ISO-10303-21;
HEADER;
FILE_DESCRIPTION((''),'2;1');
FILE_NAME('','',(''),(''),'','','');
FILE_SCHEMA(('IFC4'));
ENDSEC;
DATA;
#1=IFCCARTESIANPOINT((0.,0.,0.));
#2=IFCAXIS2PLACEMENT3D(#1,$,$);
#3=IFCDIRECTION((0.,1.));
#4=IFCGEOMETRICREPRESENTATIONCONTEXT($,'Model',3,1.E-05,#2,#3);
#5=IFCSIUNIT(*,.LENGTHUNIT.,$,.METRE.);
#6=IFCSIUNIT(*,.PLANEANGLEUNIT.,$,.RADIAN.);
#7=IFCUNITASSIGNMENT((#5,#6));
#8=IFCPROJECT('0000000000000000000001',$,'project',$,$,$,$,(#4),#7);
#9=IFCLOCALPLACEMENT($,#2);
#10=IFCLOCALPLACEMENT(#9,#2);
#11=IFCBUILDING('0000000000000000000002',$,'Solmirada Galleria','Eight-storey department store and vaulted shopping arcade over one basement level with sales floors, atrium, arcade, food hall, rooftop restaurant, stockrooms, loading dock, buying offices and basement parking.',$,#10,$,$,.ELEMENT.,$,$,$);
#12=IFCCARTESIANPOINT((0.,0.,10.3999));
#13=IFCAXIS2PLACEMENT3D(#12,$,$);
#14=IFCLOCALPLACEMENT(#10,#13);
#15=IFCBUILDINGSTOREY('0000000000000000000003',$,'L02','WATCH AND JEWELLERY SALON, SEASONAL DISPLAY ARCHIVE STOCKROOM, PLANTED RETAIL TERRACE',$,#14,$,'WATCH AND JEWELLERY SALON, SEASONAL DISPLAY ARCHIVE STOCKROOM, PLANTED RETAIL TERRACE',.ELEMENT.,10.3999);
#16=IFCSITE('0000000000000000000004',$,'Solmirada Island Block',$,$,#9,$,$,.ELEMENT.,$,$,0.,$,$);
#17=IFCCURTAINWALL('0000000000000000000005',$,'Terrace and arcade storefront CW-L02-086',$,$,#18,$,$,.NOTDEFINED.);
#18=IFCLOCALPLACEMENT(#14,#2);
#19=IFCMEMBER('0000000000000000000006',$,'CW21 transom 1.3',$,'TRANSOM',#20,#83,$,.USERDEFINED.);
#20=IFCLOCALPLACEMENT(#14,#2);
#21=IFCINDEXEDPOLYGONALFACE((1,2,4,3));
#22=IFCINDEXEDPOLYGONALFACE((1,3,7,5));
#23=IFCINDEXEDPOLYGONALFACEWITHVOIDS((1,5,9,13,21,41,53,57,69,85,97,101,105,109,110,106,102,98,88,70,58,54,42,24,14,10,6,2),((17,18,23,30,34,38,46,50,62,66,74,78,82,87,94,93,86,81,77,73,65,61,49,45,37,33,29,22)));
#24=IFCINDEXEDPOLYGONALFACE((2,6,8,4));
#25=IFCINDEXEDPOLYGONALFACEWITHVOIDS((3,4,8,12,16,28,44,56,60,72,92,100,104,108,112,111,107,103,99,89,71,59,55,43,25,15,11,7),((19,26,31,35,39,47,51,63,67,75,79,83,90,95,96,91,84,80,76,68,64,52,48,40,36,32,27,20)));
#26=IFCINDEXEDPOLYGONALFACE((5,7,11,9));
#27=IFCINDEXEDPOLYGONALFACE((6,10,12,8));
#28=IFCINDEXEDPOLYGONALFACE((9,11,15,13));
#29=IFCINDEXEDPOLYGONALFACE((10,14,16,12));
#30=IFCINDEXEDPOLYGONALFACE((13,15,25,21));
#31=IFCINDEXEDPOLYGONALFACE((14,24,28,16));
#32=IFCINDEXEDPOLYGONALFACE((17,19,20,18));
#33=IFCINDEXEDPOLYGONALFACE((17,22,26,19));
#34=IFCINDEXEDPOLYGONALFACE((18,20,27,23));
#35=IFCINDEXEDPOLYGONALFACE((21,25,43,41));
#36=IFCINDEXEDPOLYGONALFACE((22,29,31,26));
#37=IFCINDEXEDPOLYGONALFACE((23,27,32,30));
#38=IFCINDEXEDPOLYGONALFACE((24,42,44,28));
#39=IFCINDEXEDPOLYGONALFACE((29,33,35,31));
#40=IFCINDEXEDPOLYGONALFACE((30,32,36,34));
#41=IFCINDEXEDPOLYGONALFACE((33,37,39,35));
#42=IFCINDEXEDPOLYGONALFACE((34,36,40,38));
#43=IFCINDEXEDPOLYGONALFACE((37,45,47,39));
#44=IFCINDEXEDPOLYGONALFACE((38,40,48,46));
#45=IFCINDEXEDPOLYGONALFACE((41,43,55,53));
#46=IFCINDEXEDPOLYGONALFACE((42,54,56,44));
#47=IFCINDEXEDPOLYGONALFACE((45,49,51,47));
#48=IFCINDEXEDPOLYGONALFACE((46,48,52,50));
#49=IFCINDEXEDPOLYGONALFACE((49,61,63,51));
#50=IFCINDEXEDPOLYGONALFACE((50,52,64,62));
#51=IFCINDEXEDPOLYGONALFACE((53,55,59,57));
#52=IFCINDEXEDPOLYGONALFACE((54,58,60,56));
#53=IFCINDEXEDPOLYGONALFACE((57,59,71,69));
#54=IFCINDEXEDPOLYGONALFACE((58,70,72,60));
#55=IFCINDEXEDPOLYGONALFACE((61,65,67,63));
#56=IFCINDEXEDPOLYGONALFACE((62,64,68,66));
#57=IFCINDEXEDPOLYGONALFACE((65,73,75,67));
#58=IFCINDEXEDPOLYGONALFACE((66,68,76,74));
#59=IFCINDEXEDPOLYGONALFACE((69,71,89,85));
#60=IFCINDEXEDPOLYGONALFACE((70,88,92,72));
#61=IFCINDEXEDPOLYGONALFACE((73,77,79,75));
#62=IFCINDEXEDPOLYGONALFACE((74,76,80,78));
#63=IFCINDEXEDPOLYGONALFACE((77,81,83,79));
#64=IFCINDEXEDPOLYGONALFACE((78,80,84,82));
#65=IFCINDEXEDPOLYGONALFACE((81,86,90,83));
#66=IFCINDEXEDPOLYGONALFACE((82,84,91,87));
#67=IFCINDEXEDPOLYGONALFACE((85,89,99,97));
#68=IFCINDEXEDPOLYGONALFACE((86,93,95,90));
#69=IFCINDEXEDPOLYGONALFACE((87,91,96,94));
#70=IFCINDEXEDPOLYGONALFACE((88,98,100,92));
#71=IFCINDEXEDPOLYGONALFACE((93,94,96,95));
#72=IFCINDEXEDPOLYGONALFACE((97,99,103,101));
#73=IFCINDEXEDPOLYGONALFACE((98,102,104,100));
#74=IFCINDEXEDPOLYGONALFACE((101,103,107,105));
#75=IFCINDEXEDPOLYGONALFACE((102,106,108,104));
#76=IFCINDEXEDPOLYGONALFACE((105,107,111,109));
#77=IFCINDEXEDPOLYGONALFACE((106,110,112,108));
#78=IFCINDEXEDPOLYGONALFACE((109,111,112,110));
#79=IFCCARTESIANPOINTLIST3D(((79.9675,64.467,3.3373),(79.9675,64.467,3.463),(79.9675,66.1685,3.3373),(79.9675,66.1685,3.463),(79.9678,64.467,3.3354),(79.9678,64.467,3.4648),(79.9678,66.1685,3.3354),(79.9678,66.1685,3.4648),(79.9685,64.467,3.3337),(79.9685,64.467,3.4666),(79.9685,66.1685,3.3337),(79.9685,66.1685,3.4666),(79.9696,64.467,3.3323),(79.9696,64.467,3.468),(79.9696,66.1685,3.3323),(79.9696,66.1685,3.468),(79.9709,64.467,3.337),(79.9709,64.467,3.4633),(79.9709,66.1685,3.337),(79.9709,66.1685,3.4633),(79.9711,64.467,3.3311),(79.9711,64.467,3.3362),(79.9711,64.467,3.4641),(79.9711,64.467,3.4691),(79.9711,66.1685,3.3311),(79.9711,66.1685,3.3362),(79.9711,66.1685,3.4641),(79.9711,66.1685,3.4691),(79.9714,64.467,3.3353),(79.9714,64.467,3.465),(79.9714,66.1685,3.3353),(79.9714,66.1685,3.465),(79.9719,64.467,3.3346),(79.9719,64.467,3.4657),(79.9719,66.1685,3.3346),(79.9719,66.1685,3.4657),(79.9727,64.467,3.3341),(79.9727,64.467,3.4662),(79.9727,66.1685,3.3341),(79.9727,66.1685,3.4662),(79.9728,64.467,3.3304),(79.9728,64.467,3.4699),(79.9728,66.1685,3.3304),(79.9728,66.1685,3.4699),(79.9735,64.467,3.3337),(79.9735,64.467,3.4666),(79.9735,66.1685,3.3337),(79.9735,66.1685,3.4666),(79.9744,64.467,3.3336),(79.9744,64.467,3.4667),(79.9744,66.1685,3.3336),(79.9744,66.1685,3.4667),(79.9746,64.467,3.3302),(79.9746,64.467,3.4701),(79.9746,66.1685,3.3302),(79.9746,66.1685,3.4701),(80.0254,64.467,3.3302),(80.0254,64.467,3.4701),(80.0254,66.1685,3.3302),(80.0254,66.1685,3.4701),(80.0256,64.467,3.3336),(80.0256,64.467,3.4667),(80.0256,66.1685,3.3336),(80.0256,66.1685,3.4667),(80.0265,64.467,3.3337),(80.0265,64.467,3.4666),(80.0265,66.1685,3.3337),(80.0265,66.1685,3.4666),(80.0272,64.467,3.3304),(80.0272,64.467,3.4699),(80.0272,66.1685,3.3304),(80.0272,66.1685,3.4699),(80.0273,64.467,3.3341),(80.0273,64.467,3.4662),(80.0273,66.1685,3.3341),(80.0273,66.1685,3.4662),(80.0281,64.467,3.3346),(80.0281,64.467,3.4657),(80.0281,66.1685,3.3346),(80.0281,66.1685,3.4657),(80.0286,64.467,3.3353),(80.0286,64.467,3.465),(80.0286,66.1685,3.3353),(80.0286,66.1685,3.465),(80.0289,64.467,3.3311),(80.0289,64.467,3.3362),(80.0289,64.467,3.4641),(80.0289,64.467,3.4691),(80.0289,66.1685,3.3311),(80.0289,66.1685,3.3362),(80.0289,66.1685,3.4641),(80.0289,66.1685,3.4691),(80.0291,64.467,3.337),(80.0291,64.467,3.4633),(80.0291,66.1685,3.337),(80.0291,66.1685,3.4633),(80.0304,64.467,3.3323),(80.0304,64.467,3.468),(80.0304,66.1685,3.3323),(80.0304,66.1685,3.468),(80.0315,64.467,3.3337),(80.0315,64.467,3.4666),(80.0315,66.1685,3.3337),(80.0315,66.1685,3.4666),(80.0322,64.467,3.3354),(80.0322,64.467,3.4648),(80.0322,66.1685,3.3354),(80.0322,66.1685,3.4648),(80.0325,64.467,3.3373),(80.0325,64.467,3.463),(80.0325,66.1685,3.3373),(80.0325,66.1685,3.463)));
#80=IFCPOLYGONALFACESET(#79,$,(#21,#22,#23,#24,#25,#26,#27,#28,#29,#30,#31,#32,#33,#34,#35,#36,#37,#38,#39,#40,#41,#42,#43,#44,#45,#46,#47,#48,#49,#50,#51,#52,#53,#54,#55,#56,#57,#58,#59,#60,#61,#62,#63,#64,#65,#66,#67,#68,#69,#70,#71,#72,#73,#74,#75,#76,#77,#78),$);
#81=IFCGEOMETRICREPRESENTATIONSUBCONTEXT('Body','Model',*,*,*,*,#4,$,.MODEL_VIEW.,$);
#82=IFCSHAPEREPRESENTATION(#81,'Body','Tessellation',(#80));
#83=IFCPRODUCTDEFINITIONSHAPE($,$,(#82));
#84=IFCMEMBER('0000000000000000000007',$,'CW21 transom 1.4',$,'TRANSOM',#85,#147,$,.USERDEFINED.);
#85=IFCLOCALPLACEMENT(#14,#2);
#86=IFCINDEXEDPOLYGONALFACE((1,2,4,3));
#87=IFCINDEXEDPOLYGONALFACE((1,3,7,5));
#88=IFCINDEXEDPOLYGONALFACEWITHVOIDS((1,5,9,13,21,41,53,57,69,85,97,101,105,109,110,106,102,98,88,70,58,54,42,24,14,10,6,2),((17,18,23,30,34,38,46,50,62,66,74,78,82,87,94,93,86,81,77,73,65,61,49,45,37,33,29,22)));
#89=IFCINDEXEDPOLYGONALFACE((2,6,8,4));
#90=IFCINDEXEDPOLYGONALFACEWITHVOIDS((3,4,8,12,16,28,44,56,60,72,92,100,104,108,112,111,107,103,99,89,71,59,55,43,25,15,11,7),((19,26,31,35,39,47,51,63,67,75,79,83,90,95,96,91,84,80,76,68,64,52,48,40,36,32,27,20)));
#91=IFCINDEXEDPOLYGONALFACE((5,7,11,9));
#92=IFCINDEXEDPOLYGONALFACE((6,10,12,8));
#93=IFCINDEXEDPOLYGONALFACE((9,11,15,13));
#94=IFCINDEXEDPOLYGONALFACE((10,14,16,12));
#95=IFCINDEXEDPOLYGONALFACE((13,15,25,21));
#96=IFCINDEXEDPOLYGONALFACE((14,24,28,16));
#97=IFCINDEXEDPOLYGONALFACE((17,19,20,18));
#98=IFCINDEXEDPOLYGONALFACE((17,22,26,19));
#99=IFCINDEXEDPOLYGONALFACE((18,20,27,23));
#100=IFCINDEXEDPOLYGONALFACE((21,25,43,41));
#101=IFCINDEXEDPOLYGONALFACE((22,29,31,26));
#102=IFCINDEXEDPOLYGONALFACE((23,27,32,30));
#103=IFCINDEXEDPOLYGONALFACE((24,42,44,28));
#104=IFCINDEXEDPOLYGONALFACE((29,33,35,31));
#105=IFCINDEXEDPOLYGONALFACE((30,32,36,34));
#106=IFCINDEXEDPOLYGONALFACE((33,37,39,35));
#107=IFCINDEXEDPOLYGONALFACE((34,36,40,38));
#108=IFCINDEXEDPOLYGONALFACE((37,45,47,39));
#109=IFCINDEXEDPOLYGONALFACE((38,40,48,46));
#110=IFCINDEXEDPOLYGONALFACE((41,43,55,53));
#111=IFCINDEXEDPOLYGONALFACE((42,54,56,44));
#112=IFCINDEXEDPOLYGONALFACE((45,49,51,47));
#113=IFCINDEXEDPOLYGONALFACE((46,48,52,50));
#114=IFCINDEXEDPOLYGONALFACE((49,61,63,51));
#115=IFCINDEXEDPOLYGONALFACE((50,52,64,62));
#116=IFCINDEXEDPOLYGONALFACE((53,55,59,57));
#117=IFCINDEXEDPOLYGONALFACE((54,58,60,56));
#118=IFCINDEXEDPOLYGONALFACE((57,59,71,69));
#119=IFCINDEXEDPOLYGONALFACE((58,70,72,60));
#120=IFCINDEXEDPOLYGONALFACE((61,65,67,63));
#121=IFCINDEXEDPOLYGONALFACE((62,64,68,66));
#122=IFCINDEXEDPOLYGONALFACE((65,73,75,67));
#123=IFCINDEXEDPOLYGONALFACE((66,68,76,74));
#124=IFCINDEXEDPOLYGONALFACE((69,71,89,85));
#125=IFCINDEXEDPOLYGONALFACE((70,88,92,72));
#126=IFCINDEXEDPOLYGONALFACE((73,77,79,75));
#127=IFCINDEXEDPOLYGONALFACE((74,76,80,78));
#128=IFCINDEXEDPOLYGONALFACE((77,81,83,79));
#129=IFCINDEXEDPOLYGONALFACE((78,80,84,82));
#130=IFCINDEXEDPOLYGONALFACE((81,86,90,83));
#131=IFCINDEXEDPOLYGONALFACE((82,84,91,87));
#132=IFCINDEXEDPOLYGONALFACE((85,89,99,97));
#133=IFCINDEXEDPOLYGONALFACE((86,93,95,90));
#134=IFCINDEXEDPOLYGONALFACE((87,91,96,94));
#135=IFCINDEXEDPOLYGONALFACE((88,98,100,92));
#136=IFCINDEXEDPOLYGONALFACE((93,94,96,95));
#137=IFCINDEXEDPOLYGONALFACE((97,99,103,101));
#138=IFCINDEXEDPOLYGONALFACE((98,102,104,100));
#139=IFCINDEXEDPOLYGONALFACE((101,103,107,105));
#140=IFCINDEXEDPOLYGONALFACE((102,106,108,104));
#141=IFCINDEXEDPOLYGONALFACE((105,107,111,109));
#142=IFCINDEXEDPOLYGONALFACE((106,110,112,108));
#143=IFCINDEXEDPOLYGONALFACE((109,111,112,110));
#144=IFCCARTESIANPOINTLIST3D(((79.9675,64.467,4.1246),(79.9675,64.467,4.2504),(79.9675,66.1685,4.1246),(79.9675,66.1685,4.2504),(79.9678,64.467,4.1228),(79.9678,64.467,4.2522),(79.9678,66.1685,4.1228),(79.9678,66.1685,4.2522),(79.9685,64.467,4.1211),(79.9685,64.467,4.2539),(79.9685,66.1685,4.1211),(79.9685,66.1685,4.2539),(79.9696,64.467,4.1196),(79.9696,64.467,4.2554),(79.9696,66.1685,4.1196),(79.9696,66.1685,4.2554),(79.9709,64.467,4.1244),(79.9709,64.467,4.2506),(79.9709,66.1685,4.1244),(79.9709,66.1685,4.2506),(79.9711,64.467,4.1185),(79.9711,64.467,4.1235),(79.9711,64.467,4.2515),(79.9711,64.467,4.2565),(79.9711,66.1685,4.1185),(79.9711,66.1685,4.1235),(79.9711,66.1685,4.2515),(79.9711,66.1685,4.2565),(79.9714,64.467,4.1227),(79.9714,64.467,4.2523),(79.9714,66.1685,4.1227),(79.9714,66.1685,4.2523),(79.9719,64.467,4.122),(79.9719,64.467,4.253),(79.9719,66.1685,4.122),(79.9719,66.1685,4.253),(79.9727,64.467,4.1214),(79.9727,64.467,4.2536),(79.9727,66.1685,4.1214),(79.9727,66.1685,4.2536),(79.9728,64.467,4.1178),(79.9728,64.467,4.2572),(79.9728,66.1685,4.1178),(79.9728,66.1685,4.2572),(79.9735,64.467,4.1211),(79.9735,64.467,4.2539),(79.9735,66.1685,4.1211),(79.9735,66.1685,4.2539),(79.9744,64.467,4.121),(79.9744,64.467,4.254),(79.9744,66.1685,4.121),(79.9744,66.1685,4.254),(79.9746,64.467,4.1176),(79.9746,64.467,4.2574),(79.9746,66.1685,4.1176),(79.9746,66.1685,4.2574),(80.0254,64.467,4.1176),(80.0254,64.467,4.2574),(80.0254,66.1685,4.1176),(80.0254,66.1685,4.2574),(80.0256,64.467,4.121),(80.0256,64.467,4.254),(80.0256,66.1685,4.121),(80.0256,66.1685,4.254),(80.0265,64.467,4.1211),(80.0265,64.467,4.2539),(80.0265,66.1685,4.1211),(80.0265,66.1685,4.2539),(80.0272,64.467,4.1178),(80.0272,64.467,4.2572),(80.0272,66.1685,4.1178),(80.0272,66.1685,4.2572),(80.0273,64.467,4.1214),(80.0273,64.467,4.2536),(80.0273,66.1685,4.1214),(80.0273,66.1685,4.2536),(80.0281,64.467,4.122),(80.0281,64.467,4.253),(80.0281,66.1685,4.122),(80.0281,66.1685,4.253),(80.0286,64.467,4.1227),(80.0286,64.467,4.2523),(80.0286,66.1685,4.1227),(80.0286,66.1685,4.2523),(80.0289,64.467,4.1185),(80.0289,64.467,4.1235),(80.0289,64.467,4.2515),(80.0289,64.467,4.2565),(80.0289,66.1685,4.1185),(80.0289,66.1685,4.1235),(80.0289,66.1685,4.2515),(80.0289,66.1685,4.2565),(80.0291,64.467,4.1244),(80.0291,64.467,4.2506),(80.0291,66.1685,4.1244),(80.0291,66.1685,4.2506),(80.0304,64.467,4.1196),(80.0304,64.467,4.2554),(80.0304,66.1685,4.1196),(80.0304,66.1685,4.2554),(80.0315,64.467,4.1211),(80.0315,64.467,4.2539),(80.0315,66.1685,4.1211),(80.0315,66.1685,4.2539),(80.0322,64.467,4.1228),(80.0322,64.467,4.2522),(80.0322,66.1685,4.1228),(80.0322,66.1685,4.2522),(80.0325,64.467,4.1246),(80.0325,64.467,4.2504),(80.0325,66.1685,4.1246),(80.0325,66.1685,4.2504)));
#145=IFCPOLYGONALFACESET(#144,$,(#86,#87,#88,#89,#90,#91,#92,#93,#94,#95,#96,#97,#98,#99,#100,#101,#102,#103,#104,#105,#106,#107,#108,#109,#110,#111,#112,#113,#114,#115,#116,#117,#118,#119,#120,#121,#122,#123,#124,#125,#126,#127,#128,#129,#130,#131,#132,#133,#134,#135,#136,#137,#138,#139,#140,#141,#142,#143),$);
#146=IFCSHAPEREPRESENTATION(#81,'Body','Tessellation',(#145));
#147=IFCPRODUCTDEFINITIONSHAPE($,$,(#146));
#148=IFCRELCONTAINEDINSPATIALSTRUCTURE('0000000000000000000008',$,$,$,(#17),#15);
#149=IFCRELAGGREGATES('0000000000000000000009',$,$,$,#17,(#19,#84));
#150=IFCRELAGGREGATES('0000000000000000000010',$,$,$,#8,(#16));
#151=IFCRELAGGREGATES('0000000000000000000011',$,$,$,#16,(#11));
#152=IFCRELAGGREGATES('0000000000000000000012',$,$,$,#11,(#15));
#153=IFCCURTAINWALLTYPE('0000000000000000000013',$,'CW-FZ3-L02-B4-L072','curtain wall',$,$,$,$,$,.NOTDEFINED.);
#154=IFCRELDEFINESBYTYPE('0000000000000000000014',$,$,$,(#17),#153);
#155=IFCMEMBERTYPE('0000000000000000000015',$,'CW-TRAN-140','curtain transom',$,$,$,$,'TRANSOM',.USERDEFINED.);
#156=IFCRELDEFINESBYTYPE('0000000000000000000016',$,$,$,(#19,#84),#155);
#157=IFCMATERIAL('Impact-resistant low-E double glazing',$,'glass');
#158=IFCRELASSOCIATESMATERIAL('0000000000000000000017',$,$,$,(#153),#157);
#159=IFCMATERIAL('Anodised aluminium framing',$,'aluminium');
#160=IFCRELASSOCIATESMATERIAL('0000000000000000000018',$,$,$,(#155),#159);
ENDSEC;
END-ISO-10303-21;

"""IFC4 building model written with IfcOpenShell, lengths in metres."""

from ifc_helpers import new_model, si_unit, direction, frame, origin, origin_2d, place, context, subcontext, project, spatial, hollow_rectangle, extrude, material, material_profile, profile_set, type_object, element, aggregate, save


model = new_model("IFC4")

# Units and contexts
model_context = context("Model", 3, precision=1e-05, world=origin(), true_north=direction((0.0, 1.0)))
body_context = subcontext(model_context, "Body", "Model", "MODEL_VIEW")
ifc_project = project(units=[si_unit("LENGTHUNIT", "METRE"), si_unit("PLANEANGLEUNIT", "RADIAN")], contexts=[model_context])

# Site, building, storey
site_placement = place(None, origin())
site = spatial("IfcSite", under=ifc_project, at=site_placement, Name="Solmirada Island Block", CompositionType="ELEMENT", RefElevation=0.0)
building_placement = place(site_placement, origin())
building = spatial("IfcBuilding", under=site, at=building_placement, Name="Solmirada Galleria", Description="Eight-storey department store and vaulted shopping arcade over one basement level with sales floors, atrium, arcade, food hall, rooftop restaurant, stockrooms, loading dock, buying offices and basement parking.", CompositionType="ELEMENT")
storey_placement = place(building_placement, frame((0.0, 0.0, 10.3999)))
storey = spatial("IfcBuildingStorey", under=building, at=storey_placement, Name="L02", Description="WATCH AND JEWELLERY SALON, SEASONAL DISPLAY ARCHIVE STOCKROOM, PLANTED RETAIL TERRACE", LongName="WATCH AND JEWELLERY SALON, SEASONAL DISPLAY ARCHIVE STOCKROOM, PLANTED RETAIL TERRACE", CompositionType="ELEMENT", Elevation=10.3999)

# Curtain wall
ifc_material_1 = material(Name="Impact-resistant low-E double glazing", Category="glass")
curtain_wall_type = type_object("IfcCurtainWallType", Name="CW-FZ3-L02-B4-L072", Description="curtain wall", PredefinedType="NOTDEFINED", material=ifc_material_1)
curtain_wall_1_placement = place(storey_placement, origin())
curtain_wall_1 = element("IfcCurtainWall", 1, at=curtain_wall_1_placement, inside=storey, type_object=curtain_wall_type, Name="Terrace and arcade storefront CW-L02-086", PredefinedType="NOTDEFINED")
ifc_material_2 = material(Name="Anodised aluminium framing", Category="aluminium")

# Members
ifc_material_profile_1 = material_profile(ifc_material_2, hollow_rectangle(XDim=0.0649, YDim=0.1399, WallThickness=0.0034, InnerFilletRadius=0.0034, OuterFilletRadius=0.0071, at=origin_2d()), Name="ALU-TRAN-140X65")
ifc_profile_set_1 = profile_set([ifc_material_profile_1], Name="Anodised aluminium framing")
member_type_1 = type_object("IfcMemberType", Name="CW-TRAN-140", Description="curtain transom", ElementType="TRANSOM", PredefinedType="USERDEFINED", material=ifc_profile_set_1)
member_1_placement = place(storey_placement, frame((80.0, 64.467, 3.4001), z_axis=(0.0, 1.0, 0.0), x_axis=(-1.0, 0.0, 0.0)))
member_1 = element("IfcMember", 2, at=member_1_placement, type_object=member_type_1, Name="CW21 transom 1.3", ObjectType="TRANSOM", PredefinedType="USERDEFINED", context=body_context, shape_type="SweptSolid", body=[
    extrude(hollow_rectangle(XDim=0.0649, YDim=0.1399, WallThickness=0.0034, InnerFilletRadius=0.0034, OuterFilletRadius=0.0071, at=origin_2d()), origin(), (0.0, 0.0, 1.0), 1.7014),
])
member_2_placement = place(storey_placement, frame((80.0, 64.467, 4.1875), z_axis=(0.0, 1.0, 0.0), x_axis=(-1.0, 0.0, 0.0)))
member_2 = element("IfcMember", 3, at=member_2_placement, type_object=member_type_1, Name="CW21 transom 1.4", ObjectType="TRANSOM", PredefinedType="USERDEFINED", context=body_context, shape_type="SweptSolid", body=[
    extrude(hollow_rectangle(XDim=0.0649, YDim=0.1399, WallThickness=0.0034, InnerFilletRadius=0.0034, OuterFilletRadius=0.0071, at=origin_2d()), origin(), (0.0, 0.0, 1.0), 1.7014),
])

aggregate(curtain_wall_1, [member_1, member_2])

save(model, "model.ifc")
